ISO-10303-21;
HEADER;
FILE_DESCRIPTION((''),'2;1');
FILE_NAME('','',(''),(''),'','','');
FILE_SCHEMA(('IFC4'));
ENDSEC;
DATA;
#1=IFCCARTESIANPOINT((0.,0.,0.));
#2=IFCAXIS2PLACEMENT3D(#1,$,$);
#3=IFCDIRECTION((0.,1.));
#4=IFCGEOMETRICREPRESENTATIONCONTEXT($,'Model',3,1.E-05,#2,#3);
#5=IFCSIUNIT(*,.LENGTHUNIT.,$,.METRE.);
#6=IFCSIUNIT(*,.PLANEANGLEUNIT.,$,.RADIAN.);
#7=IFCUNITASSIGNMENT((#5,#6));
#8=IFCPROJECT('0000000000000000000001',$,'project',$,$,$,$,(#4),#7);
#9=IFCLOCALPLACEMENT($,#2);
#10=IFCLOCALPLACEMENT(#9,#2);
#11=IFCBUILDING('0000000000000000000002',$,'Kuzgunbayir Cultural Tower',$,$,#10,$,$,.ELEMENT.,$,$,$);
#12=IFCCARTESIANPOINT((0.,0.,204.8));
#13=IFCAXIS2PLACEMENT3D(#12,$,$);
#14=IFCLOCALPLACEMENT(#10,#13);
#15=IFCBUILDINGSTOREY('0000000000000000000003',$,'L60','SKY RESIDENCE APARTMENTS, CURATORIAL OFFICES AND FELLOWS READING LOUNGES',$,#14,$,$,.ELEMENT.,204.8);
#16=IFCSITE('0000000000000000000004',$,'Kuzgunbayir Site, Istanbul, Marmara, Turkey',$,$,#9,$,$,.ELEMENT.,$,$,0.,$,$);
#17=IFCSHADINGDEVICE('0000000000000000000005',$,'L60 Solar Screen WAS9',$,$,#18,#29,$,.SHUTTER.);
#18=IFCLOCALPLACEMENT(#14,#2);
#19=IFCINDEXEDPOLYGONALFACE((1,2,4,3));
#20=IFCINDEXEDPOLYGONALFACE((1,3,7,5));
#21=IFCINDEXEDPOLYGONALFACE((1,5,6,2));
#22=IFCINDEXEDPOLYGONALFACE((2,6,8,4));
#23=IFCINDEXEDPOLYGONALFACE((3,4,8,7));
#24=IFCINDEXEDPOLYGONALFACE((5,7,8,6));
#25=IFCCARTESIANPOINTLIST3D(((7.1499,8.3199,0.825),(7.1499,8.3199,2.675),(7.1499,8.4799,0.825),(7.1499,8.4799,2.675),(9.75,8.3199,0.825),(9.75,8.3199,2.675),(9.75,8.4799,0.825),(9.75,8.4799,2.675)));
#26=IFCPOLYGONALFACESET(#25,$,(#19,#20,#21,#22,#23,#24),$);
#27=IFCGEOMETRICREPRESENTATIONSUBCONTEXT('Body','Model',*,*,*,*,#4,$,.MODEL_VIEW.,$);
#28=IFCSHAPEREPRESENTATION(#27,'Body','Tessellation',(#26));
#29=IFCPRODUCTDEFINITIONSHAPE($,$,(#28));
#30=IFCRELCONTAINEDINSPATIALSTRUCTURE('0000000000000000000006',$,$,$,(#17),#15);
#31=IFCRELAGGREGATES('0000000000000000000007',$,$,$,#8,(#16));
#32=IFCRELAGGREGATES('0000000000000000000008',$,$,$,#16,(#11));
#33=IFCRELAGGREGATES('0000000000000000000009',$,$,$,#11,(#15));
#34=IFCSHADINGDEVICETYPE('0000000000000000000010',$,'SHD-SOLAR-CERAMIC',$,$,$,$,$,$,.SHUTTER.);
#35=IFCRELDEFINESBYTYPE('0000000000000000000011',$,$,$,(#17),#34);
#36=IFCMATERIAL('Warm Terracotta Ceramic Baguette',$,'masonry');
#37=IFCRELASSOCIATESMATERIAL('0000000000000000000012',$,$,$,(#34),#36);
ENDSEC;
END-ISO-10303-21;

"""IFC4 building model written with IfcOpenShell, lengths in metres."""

from ifc_helpers import new_model, si_unit, direction, frame, origin, origin_2d, place, context, subcontext, project, spatial, rectangle, extrude, material, type_object, element, save


model = new_model("IFC4")

# Units and contexts
model_context = context("Model", 3, precision=1e-05, world=origin(), true_north=direction((0.0, 1.0)))
body_context = subcontext(model_context, "Body", "Model", "MODEL_VIEW")
ifc_project = project(units=[si_unit("LENGTHUNIT", "METRE"), si_unit("PLANEANGLEUNIT", "RADIAN")], contexts=[model_context])

# Site, building, storey
site_placement = place(None, origin())
site = spatial("IfcSite", under=ifc_project, at=site_placement, Name="Kuzgunbayir Site, Istanbul, Marmara, Turkey", CompositionType="ELEMENT", RefElevation=0.0)
building_placement = place(site_placement, origin())
building = spatial("IfcBuilding", under=site, at=building_placement, Name="Kuzgunbayir Cultural Tower", CompositionType="ELEMENT")
storey_placement = place(building_placement, frame((0.0, 0.0, 204.8)))
storey = spatial("IfcBuildingStorey", under=building, at=storey_placement, Name="L60", Description="SKY RESIDENCE APARTMENTS, CURATORIAL OFFICES AND FELLOWS READING LOUNGES", CompositionType="ELEMENT", Elevation=204.8)

# Shading device
ifc_material_1 = material(Name="Warm Terracotta Ceramic Baguette", Category="masonry")
shading_device_type = type_object("IfcShadingDeviceType", Name="SHD-SOLAR-CERAMIC", PredefinedType="SHUTTER", material=ifc_material_1)
for number, where, z_axis, x_axis, name in (
    (1, (8.45, 8.3999, 0.825), (0.0, 0.0, 1.0), (1.0, 0.0, 0.0), "L60 Solar Screen WAS9"),
):
    element("IfcShadingDevice", number, at=place(storey_placement, frame(where, z_axis=z_axis, x_axis=x_axis)), inside=storey, type_object=shading_device_type, Name=name, PredefinedType="SHUTTER", context=body_context, shape_type="SweptSolid", body=[
        extrude(rectangle(XDim=2.6001, YDim=0.1599, at=origin_2d()), origin(), (0.0, 0.0, 1.0), 1.8501),
    ])

save(model, "model.ifc")
